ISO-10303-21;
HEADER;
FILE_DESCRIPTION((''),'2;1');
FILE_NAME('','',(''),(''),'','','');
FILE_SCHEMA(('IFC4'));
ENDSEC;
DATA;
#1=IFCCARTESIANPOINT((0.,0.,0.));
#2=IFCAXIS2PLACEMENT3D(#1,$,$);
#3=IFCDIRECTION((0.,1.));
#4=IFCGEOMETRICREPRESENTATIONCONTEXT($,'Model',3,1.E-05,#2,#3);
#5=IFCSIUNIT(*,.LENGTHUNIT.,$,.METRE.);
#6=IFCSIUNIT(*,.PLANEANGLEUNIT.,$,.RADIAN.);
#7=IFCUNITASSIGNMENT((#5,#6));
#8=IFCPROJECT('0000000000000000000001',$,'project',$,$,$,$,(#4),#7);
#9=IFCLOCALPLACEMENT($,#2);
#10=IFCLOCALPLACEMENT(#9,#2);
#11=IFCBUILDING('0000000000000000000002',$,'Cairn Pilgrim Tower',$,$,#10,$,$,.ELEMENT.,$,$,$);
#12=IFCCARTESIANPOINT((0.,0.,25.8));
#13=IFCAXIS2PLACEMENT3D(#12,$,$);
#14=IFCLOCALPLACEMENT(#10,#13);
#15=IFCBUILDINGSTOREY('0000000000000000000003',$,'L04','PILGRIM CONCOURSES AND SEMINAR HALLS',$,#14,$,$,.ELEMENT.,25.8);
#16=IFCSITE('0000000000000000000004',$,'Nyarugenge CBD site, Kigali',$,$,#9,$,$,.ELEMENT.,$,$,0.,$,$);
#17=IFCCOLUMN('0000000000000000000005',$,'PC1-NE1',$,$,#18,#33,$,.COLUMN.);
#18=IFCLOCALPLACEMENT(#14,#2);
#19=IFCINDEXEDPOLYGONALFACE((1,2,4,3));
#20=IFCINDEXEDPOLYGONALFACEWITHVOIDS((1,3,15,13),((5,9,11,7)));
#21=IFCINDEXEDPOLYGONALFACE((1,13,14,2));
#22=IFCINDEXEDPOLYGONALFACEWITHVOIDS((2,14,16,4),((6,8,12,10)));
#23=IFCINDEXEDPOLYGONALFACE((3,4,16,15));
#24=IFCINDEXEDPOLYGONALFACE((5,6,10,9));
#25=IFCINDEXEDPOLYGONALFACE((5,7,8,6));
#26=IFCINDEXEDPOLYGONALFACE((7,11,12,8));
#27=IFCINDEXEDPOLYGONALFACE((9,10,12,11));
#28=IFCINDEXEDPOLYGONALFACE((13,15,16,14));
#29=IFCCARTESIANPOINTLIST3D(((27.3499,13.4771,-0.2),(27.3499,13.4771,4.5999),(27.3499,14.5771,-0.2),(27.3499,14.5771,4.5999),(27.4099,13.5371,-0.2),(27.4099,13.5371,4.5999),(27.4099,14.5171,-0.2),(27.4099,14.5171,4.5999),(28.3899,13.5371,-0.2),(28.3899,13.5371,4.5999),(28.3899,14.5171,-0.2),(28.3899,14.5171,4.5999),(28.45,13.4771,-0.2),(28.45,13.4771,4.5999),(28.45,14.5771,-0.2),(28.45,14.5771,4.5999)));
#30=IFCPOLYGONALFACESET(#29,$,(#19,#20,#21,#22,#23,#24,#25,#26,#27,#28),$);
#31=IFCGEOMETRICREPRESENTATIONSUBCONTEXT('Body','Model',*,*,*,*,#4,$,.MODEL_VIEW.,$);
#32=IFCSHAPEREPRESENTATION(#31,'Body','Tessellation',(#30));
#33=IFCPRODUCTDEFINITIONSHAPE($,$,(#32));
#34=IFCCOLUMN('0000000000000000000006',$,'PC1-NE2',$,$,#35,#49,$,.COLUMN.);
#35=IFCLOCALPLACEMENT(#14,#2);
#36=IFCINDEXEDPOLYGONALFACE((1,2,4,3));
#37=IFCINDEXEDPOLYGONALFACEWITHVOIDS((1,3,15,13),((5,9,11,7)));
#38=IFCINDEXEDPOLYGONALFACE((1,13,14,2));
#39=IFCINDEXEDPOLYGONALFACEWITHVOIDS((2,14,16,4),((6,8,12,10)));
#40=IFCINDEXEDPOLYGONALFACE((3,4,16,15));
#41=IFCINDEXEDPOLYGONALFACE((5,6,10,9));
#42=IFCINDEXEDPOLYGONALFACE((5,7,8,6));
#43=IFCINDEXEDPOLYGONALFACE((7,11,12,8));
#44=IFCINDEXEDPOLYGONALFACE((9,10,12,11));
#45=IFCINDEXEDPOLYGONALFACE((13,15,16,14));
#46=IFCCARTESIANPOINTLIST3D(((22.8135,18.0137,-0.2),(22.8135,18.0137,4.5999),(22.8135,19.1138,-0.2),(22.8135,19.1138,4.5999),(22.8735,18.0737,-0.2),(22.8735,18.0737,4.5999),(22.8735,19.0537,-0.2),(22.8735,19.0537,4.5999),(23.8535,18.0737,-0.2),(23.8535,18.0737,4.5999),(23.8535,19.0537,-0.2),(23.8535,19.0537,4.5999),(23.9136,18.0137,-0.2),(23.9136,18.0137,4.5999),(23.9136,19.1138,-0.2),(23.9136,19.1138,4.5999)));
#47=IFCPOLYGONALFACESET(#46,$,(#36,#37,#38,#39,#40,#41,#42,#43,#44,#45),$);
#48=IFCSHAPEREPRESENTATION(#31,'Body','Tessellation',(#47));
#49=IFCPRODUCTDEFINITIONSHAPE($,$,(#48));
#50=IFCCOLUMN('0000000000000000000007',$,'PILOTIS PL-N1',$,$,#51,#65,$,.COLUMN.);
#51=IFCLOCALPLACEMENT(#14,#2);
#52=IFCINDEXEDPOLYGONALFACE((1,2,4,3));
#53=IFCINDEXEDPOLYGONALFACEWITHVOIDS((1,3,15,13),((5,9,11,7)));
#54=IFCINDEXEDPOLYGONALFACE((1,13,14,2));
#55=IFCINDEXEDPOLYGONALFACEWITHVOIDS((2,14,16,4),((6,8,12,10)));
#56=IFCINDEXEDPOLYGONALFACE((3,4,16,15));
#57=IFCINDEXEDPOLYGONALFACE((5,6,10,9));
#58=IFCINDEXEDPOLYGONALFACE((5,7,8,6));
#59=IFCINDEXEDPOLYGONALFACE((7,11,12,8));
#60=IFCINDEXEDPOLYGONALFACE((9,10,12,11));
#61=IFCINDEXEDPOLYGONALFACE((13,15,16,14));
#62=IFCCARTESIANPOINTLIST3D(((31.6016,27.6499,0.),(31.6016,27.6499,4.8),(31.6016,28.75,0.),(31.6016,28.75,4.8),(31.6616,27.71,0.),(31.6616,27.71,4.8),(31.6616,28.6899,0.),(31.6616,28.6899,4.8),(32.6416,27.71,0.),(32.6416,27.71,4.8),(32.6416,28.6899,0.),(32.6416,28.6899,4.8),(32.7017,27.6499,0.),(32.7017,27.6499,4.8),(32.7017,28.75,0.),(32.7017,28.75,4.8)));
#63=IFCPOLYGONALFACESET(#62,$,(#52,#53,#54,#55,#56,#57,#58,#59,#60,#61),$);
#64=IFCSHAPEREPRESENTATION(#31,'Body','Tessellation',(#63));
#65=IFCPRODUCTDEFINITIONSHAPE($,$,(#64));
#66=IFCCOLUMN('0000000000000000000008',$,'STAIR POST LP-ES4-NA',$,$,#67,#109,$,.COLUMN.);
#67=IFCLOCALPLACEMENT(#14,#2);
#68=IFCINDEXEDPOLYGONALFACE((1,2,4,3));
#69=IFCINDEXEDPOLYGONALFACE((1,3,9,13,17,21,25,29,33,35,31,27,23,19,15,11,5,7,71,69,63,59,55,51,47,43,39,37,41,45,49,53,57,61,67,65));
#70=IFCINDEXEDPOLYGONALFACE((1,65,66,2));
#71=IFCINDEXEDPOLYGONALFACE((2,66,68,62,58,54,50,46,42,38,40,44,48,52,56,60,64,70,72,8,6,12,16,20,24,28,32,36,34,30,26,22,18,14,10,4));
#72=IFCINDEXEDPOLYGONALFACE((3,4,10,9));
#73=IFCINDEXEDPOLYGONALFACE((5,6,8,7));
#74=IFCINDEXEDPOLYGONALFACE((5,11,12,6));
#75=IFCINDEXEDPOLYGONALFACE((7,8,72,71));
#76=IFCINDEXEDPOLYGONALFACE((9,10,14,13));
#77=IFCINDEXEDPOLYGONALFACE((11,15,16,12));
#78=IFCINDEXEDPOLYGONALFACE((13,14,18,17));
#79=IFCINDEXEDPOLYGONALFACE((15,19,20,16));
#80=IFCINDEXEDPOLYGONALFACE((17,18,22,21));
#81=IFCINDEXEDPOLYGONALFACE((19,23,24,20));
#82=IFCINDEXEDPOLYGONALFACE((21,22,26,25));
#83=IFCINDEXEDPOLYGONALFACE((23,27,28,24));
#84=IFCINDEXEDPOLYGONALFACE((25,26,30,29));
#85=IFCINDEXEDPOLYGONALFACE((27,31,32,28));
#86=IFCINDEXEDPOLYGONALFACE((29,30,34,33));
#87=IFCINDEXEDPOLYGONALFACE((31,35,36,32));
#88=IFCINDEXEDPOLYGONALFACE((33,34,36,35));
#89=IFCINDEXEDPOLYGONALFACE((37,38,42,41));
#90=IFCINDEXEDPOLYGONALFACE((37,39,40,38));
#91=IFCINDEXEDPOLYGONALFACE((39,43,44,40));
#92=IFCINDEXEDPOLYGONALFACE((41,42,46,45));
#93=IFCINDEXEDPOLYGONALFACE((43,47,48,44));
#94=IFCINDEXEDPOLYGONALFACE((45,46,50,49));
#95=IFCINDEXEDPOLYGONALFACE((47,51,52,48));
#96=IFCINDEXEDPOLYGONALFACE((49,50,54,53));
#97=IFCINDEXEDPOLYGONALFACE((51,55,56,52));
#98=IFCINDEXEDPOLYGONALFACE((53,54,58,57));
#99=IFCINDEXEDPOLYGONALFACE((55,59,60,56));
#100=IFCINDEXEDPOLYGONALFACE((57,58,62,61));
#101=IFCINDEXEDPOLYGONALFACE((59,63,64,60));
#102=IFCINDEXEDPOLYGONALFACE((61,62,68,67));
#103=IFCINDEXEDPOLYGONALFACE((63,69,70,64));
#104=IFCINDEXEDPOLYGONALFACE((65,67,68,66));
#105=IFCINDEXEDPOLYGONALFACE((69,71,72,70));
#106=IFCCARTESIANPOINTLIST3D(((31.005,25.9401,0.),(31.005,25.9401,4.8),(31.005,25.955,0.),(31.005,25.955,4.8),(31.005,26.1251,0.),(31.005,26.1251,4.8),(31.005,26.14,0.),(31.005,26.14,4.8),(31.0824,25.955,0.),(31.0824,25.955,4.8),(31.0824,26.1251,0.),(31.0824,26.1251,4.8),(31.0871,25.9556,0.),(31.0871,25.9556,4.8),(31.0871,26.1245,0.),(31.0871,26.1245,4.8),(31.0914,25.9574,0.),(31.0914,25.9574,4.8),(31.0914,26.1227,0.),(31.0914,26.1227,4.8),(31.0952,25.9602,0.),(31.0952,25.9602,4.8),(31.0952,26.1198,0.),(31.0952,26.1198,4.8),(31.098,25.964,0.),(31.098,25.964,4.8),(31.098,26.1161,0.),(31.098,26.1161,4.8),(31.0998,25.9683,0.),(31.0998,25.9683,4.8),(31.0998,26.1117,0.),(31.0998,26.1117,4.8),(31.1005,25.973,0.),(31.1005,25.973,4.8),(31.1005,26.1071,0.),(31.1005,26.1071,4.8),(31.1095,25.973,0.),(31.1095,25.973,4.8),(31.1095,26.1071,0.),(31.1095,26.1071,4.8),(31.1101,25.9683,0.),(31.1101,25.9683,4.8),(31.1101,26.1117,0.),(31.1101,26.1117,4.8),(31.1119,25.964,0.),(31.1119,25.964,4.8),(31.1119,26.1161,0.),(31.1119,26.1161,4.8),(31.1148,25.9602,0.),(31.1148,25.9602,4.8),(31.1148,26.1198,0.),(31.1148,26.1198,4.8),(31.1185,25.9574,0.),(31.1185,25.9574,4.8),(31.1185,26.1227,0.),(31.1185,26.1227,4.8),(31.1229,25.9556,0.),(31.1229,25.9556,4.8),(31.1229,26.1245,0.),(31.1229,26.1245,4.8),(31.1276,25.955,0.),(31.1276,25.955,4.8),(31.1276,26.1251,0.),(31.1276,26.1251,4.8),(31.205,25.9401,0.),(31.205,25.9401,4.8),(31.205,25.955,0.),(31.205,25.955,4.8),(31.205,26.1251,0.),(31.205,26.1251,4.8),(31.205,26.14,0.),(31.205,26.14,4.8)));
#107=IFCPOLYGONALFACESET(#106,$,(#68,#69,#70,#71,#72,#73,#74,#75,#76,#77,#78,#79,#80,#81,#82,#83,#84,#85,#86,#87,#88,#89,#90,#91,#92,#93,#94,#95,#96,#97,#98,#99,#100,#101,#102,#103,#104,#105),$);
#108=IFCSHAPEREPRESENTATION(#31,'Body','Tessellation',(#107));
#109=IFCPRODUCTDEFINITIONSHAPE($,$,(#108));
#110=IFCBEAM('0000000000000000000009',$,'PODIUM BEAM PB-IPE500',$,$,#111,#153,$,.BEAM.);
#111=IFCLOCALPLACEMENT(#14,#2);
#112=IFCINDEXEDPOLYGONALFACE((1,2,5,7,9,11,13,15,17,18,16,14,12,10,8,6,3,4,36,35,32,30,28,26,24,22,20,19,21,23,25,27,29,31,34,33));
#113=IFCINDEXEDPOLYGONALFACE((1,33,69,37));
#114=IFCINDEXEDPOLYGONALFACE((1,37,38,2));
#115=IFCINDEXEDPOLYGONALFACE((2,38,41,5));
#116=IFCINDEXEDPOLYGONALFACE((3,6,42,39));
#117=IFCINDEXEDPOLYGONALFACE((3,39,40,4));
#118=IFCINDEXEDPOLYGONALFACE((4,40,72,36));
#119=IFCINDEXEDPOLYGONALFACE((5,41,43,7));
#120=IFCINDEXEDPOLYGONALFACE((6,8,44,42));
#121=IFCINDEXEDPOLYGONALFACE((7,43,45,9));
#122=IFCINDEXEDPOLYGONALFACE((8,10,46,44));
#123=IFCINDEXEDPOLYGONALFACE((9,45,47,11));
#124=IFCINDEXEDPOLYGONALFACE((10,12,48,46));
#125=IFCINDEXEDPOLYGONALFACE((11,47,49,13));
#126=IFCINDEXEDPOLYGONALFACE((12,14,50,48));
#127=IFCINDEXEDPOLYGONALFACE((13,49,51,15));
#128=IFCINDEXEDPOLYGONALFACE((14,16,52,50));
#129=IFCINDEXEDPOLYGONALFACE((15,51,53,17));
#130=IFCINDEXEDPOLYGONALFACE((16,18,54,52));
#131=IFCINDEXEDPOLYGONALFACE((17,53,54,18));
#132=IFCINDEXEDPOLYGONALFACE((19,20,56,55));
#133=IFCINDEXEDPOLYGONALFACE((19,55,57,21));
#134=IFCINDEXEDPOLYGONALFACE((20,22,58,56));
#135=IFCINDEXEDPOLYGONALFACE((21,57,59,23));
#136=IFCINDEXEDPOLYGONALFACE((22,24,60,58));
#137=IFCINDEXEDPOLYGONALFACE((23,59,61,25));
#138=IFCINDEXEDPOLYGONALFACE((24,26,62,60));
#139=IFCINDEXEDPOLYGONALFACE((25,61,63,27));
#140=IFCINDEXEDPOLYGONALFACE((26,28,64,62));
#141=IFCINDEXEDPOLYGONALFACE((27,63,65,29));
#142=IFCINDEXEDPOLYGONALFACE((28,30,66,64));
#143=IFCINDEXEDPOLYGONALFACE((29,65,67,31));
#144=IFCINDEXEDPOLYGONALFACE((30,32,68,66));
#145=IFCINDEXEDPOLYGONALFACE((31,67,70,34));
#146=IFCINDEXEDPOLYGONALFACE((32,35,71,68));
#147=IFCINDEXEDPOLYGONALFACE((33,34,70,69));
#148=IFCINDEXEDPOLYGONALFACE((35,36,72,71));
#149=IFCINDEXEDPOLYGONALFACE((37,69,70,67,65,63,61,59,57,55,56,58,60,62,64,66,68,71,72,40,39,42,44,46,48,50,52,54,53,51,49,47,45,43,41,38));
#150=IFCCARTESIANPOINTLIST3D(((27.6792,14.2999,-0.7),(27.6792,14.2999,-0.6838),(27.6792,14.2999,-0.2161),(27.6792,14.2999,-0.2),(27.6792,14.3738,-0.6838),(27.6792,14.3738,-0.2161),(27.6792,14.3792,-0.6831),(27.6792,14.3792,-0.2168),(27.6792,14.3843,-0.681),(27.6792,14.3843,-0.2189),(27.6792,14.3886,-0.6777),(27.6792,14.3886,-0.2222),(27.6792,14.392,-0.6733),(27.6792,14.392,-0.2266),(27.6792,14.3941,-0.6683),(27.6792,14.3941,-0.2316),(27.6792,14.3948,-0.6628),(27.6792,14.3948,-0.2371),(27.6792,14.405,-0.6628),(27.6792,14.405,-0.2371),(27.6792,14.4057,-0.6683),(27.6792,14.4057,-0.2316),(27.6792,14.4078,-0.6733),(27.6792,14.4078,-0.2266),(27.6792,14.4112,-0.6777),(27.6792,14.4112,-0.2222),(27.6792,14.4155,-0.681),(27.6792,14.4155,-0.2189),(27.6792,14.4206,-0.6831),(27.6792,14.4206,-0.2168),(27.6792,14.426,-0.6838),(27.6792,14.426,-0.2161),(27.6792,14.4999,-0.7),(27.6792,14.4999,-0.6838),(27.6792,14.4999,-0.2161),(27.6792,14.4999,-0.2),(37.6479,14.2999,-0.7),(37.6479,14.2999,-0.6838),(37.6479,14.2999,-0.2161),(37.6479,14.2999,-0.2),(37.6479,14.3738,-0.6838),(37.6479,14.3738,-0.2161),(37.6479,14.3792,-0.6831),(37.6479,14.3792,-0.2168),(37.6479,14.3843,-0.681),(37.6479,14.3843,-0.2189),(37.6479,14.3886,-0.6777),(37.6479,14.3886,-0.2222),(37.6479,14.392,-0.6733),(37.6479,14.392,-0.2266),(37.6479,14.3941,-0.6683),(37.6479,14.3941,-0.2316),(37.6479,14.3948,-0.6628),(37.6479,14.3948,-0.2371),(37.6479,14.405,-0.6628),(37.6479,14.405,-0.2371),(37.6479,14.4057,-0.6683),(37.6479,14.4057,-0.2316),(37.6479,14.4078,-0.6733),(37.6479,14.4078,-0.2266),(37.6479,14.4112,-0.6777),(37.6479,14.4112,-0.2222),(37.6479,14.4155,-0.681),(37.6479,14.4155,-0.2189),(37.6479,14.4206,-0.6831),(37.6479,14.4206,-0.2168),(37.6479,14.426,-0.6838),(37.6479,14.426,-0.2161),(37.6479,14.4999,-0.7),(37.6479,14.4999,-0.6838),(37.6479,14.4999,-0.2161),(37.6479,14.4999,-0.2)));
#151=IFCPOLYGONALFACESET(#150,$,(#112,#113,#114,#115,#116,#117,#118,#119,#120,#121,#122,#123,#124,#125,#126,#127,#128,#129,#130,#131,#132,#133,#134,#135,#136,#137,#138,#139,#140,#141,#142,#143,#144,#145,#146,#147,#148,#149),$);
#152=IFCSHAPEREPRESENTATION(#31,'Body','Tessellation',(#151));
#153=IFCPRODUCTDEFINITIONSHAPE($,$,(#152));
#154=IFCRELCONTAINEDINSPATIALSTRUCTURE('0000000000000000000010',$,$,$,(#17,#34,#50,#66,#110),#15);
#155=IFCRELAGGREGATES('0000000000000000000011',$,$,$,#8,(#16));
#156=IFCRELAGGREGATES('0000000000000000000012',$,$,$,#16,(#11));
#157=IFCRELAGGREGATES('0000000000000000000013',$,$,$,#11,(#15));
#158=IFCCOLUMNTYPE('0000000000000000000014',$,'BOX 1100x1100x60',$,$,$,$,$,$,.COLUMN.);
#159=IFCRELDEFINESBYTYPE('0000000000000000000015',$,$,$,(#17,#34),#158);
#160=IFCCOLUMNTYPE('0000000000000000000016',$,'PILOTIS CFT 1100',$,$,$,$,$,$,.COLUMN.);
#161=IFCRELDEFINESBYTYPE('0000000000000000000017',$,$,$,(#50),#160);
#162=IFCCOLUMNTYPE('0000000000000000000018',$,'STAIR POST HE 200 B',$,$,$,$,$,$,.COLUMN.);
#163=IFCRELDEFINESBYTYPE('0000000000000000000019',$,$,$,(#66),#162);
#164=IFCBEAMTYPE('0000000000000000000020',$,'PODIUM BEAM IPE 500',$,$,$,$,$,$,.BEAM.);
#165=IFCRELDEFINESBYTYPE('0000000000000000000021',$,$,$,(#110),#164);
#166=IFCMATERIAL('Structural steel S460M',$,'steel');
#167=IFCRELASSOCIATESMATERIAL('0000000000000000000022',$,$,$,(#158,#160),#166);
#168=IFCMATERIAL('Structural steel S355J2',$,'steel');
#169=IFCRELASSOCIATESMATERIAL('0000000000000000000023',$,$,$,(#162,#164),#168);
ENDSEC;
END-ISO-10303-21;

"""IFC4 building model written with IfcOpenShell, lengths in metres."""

from ifc_helpers import new_model, si_unit, direction, frame, origin, origin_2d, place, context, subcontext, project, spatial, hollow_rectangle, i_section, extrude, material, material_profile, profile_set, type_object, element, save


model = new_model("IFC4")

# Units and contexts
model_context = context("Model", 3, precision=1e-05, world=origin(), true_north=direction((0.0, 1.0)))
body_context = subcontext(model_context, "Body", "Model", "MODEL_VIEW")
ifc_project = project(units=[si_unit("LENGTHUNIT", "METRE"), si_unit("PLANEANGLEUNIT", "RADIAN")], contexts=[model_context])

# Site, building, storey
site_placement = place(None, origin())
site = spatial("IfcSite", under=ifc_project, at=site_placement, Name="Nyarugenge CBD site, Kigali", CompositionType="ELEMENT", RefElevation=0.0)
building_placement = place(site_placement, origin())
building = spatial("IfcBuilding", under=site, at=building_placement, Name="Cairn Pilgrim Tower", CompositionType="ELEMENT")
storey_placement = place(building_placement, frame((0.0, 0.0, 25.8)))
storey = spatial("IfcBuildingStorey", under=building, at=storey_placement, Name="L04", Description="PILGRIM CONCOURSES AND SEMINAR HALLS", CompositionType="ELEMENT", Elevation=25.8)

# Columns
ifc_material_1 = material(Name="Structural steel S460M", Category="steel")
ifc_material_profile_1 = material_profile(ifc_material_1, hollow_rectangle(XDim=1.1001, YDim=1.1001, WallThickness=0.0601, at=origin_2d()), Name="BOX 1100x1100x60")
ifc_profile_set_1 = profile_set([ifc_material_profile_1], Name="Structural steel S460M")
column_type_1 = type_object("IfcColumnType", Name="BOX 1100x1100x60", PredefinedType="COLUMN", material=ifc_profile_set_1)
for number, where, z_axis, x_axis, name in (
    (1, (27.8999, 14.0271, -0.2), (0.0, 0.0, 1.0), (1.0, 0.0, 0.0), "PC1-NE1"),
    (2, (23.3635, 18.5637, -0.2), (0.0, 0.0, 1.0), (1.0, 0.0, 0.0), "PC1-NE2"),
):
    element("IfcColumn", number, at=place(storey_placement, frame(where, z_axis=z_axis, x_axis=x_axis)), inside=storey, type_object=column_type_1, Name=name, PredefinedType="COLUMN", context=body_context, shape_type="SweptSolid", body=[
        extrude(hollow_rectangle(XDim=1.1001, YDim=1.1001, WallThickness=0.0601, at=origin_2d()), origin(), (0.0, 0.0, 1.0), 4.7998),
    ])
ifc_material_profile_2 = material_profile(ifc_material_1, hollow_rectangle(XDim=1.1001, YDim=1.1001, WallThickness=0.0601, at=origin_2d()), Name="BOX 1100x1100x60")
ifc_profile_set_2 = profile_set([ifc_material_profile_2], Name="Structural steel S460M")
column_type_2 = type_object("IfcColumnType", Name="PILOTIS CFT 1100", PredefinedType="COLUMN", material=ifc_profile_set_2)
column_1_placement = place(storey_placement, frame((32.1516, 28.2, 0.0), z_axis=(0.0, 0.0, 1.0), x_axis=(1.0, 0.0, 0.0)))
element("IfcColumn", 3, at=column_1_placement, inside=storey, type_object=column_type_2, Name="PILOTIS PL-N1", PredefinedType="COLUMN", context=body_context, shape_type="SweptSolid", body=[
    extrude(hollow_rectangle(XDim=1.1001, YDim=1.1001, WallThickness=0.0601, at=origin_2d()), origin(), (0.0, 0.0, 1.0), 4.8),
])
ifc_material_2 = material(Name="Structural steel S355J2", Category="steel")
ifc_material_profile_3 = material_profile(ifc_material_2, i_section(OverallWidth=0.2, OverallDepth=0.2, WebThickness=0.009, FlangeThickness=0.0149, FilletRadius=0.0181, at=origin_2d()), Name="HE 200 B")
ifc_profile_set_3 = profile_set([ifc_material_profile_3], Name="Structural steel S355J2")
column_type_3 = type_object("IfcColumnType", Name="STAIR POST HE 200 B", PredefinedType="COLUMN", material=ifc_profile_set_3)
column_2_placement = place(storey_placement, frame((31.105, 26.04, 0.0), z_axis=(0.0, 0.0, 1.0), x_axis=(1.0, 0.0, 0.0)))
element("IfcColumn", 4, at=column_2_placement, inside=storey, type_object=column_type_3, Name="STAIR POST LP-ES4-NA", PredefinedType="COLUMN", context=body_context, shape_type="SweptSolid", body=[
    extrude(i_section(OverallWidth=0.2, OverallDepth=0.2, WebThickness=0.009, FlangeThickness=0.0149, FilletRadius=0.0181, at=origin_2d()), origin(), (0.0, 0.0, 1.0), 4.8),
])

# Beam
ifc_material_profile_4 = material_profile(ifc_material_2, i_section(OverallWidth=0.2, OverallDepth=0.5, WebThickness=0.0103, FlangeThickness=0.0161, FilletRadius=0.021, at=origin_2d()), Name="IPE 500")
ifc_profile_set_4 = profile_set([ifc_material_profile_4], Name="Structural steel S355J2")
beam_type_1 = type_object("IfcBeamType", Name="PODIUM BEAM IPE 500", PredefinedType="BEAM", material=ifc_profile_set_4)
beam_1_placement = place(storey_placement, frame((27.6792, 14.3999, -0.45), z_axis=(1.0, 0.0, 0.0), x_axis=(0.0, 1.0, 0.0)))
element("IfcBeam", 5, at=beam_1_placement, inside=storey, type_object=beam_type_1, Name="PODIUM BEAM PB-IPE500", PredefinedType="BEAM", context=body_context, shape_type="SweptSolid", body=[
    extrude(i_section(OverallWidth=0.2, OverallDepth=0.5, WebThickness=0.0103, FlangeThickness=0.0161, FilletRadius=0.021, at=origin_2d()), origin(), (0.0, 0.0, 1.0), 9.9688),
])

save(model, "model.ifc")
